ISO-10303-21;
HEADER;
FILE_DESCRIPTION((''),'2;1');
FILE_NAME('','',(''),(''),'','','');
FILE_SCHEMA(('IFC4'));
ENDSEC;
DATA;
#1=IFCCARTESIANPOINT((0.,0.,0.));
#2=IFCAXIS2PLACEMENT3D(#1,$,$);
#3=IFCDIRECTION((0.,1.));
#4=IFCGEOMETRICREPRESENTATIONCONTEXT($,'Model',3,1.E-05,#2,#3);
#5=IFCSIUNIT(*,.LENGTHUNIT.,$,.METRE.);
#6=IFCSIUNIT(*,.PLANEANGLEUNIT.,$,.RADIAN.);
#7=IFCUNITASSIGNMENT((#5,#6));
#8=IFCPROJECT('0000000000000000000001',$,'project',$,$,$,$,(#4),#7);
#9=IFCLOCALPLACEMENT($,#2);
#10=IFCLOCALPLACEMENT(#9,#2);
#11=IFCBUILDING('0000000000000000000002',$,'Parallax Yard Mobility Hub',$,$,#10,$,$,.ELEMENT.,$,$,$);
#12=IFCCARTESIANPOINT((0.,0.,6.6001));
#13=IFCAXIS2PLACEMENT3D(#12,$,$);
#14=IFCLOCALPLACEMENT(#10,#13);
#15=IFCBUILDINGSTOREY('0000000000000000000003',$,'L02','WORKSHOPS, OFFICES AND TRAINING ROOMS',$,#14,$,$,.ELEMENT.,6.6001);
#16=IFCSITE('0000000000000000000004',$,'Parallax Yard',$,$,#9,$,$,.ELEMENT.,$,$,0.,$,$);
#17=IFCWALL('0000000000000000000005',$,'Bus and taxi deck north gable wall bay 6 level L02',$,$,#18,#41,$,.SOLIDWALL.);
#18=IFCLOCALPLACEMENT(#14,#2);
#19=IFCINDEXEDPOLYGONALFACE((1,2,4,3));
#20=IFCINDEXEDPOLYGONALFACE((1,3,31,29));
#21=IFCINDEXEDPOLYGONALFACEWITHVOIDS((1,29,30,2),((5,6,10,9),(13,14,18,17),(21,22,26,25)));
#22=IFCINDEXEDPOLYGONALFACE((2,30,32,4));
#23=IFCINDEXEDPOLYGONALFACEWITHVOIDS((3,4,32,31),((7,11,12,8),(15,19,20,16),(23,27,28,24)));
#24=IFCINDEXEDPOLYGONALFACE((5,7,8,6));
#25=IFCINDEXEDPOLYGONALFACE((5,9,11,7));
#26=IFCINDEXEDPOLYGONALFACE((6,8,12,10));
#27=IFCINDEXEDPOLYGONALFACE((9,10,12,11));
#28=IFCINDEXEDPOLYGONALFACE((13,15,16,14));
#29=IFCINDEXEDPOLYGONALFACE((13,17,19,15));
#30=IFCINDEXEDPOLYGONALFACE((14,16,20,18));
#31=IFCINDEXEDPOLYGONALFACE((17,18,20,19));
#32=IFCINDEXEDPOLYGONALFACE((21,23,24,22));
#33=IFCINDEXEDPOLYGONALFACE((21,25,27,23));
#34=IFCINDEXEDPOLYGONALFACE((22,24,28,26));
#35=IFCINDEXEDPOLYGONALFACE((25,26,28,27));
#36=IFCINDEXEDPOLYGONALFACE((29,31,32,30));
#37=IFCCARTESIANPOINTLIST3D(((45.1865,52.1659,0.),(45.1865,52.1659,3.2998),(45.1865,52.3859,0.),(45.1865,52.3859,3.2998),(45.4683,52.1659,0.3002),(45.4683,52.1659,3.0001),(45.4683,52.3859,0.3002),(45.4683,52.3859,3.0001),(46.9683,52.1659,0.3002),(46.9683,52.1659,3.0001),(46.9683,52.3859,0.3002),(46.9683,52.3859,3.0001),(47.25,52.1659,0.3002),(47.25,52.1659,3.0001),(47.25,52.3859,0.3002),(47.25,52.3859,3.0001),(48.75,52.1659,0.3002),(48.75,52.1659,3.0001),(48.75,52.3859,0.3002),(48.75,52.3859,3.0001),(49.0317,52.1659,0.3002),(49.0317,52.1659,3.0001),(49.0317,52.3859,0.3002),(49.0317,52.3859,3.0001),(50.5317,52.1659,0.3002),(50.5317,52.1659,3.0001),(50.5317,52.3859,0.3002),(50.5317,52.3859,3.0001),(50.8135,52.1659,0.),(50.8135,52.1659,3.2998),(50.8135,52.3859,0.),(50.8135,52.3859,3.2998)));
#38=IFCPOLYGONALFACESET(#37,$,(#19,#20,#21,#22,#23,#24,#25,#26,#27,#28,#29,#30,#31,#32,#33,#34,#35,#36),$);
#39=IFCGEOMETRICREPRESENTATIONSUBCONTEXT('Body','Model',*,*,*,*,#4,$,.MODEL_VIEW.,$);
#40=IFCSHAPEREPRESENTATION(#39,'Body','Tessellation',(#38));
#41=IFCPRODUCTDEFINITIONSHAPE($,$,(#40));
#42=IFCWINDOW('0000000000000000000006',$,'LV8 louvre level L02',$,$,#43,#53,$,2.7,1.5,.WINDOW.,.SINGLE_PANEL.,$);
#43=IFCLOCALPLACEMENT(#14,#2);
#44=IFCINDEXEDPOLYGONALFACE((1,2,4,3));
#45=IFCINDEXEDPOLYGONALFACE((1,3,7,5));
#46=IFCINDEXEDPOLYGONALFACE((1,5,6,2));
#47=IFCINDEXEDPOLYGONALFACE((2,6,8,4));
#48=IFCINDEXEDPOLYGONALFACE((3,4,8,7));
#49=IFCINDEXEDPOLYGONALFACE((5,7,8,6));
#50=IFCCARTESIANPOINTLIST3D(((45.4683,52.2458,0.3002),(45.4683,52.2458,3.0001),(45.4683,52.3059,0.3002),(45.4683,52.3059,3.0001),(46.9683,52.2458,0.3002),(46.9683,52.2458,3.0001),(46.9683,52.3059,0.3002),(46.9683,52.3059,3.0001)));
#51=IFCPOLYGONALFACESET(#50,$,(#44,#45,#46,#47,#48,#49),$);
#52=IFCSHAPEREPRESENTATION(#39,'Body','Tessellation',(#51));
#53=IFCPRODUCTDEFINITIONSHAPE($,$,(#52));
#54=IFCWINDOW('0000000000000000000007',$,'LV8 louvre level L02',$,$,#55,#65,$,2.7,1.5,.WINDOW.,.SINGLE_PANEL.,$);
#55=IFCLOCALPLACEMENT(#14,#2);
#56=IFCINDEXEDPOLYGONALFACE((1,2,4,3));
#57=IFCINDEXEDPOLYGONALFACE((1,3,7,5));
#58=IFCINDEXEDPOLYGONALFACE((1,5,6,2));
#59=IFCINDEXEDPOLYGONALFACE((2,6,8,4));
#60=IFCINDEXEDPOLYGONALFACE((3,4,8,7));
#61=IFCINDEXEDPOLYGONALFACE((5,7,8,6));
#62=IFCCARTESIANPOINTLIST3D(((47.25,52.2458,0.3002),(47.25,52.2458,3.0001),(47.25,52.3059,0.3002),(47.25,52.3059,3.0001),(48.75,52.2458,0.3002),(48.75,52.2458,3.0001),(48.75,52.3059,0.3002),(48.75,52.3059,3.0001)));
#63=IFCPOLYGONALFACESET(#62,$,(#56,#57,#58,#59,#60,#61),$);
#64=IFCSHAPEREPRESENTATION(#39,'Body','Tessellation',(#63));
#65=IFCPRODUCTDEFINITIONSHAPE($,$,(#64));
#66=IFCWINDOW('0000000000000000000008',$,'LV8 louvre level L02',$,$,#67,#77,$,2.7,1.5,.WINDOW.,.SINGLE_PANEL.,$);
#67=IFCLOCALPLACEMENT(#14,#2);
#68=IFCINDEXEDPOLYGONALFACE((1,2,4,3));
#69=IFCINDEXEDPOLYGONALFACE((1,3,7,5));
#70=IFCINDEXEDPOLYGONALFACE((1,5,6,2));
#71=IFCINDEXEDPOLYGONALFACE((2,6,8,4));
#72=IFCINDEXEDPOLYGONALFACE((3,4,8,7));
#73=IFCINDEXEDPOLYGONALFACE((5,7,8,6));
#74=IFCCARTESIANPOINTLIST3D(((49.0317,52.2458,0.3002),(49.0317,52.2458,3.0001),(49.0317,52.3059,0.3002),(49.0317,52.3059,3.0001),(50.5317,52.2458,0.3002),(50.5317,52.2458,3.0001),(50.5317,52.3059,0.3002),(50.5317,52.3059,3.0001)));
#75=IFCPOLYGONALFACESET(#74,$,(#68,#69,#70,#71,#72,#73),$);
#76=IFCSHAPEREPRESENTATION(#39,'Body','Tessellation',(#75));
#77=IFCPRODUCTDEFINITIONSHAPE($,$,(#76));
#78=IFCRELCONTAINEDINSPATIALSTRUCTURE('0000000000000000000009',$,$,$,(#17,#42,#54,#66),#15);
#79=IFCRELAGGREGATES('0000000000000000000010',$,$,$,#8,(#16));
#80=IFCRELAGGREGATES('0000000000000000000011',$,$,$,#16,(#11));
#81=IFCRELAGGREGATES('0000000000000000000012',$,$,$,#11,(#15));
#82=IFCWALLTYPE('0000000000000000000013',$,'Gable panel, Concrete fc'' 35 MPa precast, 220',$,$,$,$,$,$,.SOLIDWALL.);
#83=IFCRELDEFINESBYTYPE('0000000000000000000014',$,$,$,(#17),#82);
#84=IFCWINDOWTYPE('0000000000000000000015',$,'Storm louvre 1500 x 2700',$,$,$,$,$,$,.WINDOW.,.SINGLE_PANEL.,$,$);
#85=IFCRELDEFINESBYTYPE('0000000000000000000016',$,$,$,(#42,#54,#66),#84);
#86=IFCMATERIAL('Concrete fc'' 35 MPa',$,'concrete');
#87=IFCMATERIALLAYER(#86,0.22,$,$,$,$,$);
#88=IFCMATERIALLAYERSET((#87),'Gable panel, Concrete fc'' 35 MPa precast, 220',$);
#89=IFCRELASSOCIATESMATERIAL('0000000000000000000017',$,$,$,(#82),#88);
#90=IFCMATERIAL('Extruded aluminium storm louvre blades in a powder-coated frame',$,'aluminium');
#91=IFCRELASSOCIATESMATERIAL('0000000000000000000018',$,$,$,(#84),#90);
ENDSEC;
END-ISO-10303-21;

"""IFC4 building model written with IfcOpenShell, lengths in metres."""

from ifc_helpers import new_model, si_unit, direction, frame, frame_2d, origin, place, context, subcontext, project, spatial, rectangle, extrude, material, layer, layer_set, type_object, element, fill, save


model = new_model("IFC4")

# Units and contexts
model_context = context("Model", 3, precision=1e-05, world=origin(), true_north=direction((0.0, 1.0)))
body_context = subcontext(model_context, "Body", "Model", "MODEL_VIEW")
ifc_project = project(units=[si_unit("LENGTHUNIT", "METRE"), si_unit("PLANEANGLEUNIT", "RADIAN")], contexts=[model_context])

# Site, building, storey
site_placement = place(None, origin())
site = spatial("IfcSite", under=ifc_project, at=site_placement, Name="Parallax Yard", CompositionType="ELEMENT", RefElevation=0.0)
building_placement = place(site_placement, origin())
building = spatial("IfcBuilding", under=site, at=building_placement, Name="Parallax Yard Mobility Hub", CompositionType="ELEMENT")
storey_placement = place(building_placement, frame((0.0, 0.0, 6.6001)))
storey = spatial("IfcBuildingStorey", under=building, at=storey_placement, Name="L02", Description="WORKSHOPS, OFFICES AND TRAINING ROOMS", CompositionType="ELEMENT", Elevation=6.6001)

# Wall, openings, windows
ifc_material_1 = material(Name="Concrete fc' 35 MPa", Category="concrete")
ifc_layer = layer(ifc_material_1, 0.22)
ifc_layer_set = layer_set([ifc_layer], Name="Gable panel, Concrete fc' 35 MPa precast, 220")
wall_type = type_object("IfcWallType", Name="Gable panel, Concrete fc' 35 MPa precast, 220", PredefinedType="SOLIDWALL", material=ifc_layer_set)
ifc_material_2 = material(Name="Extruded aluminium storm louvre blades in a powder-coated frame", Category="aluminium")
window_type = type_object("IfcWindowType", Name="Storm louvre 1500 x 2700", PartitioningType="SINGLE_PANEL", PredefinedType="WINDOW", material=ifc_material_2)
wall_1_placement = place(storey_placement, frame((45.1865, 52.2759, 0.0), z_axis=(0.0, 0.0, 1.0), x_axis=(1.0, 0.0, 0.0)))
wall_1 = element("IfcWall", 1, at=wall_1_placement, inside=storey, type_object=wall_type, Name="Bus and taxi deck north gable wall bay 6 level L02", PredefinedType="SOLIDWALL", context=body_context, shape_type="SweptSolid", body=[
    extrude(rectangle(XDim=5.627, YDim=0.22, at=frame_2d((2.8135, 0.0))), origin(), (0.0, 0.0, 1.0), 3.2998),
])
opening_1_placement = place(wall_1_placement, frame((0.2817, 0.0, 0.3)))
opening_1 = element("IfcOpeningElement", 2, at=opening_1_placement, cuts=wall_1, PredefinedType="OPENING", context=body_context, shape_type="SweptSolid", body=[
    extrude(rectangle(XDim=1.5, YDim=2.7, at=frame_2d((0.75, 1.3501))), frame((0.0, 0.1201, 0.0), z_axis=(0.0, -1.0, 0.0), x_axis=(1.0, 0.0, 0.0)), (0.0, 0.0, 1.0), 0.24),
])
opening_2_placement = place(wall_1_placement, frame((2.0635, 0.0, 0.3)))
opening_2 = element("IfcOpeningElement", 3, at=opening_2_placement, cuts=wall_1, PredefinedType="OPENING", context=body_context, shape_type="SweptSolid", body=[
    extrude(rectangle(XDim=1.5, YDim=2.7, at=frame_2d((0.75, 1.3501))), frame((0.0, 0.1201, 0.0), z_axis=(0.0, -1.0, 0.0), x_axis=(1.0, 0.0, 0.0)), (0.0, 0.0, 1.0), 0.24),
])
opening_3_placement = place(wall_1_placement, frame((3.8452, 0.0, 0.3)))
opening_3 = element("IfcOpeningElement", 4, at=opening_3_placement, cuts=wall_1, PredefinedType="OPENING", context=body_context, shape_type="SweptSolid", body=[
    extrude(rectangle(XDim=1.5, YDim=2.7, at=frame_2d((0.75, 1.3501))), frame((0.0, 0.1201, 0.0), z_axis=(0.0, -1.0, 0.0), x_axis=(1.0, 0.0, 0.0)), (0.0, 0.0, 1.0), 0.24),
])
window_1_placement = place(opening_1_placement, origin())
window_1 = element("IfcWindow", 5, at=window_1_placement, inside=storey, type_object=window_type, Name="LV8 louvre level L02", OverallHeight=2.7, OverallWidth=1.5, PartitioningType="SINGLE_PANEL", PredefinedType="WINDOW", context=body_context, shape_type="SweptSolid", body=[
    extrude(rectangle(XDim=1.5, YDim=2.7, at=frame_2d((0.75, 1.3501))), frame((0.0, 0.03, 0.0), z_axis=(0.0, -1.0, 0.0), x_axis=(1.0, 0.0, 0.0)), (0.0, 0.0, 1.0), 0.0601),
])
fill(opening_1, window_1)
window_2_placement = place(opening_2_placement, origin())
window_2 = element("IfcWindow", 6, at=window_2_placement, inside=storey, type_object=window_type, Name="LV8 louvre level L02", OverallHeight=2.7, OverallWidth=1.5, PartitioningType="SINGLE_PANEL", PredefinedType="WINDOW", context=body_context, shape_type="SweptSolid", body=[
    extrude(rectangle(XDim=1.5, YDim=2.7, at=frame_2d((0.75, 1.3501))), frame((0.0, 0.03, 0.0), z_axis=(0.0, -1.0, 0.0), x_axis=(1.0, 0.0, 0.0)), (0.0, 0.0, 1.0), 0.0601),
])
fill(opening_2, window_2)
window_3_placement = place(opening_3_placement, origin())
window_3 = element("IfcWindow", 7, at=window_3_placement, inside=storey, type_object=window_type, Name="LV8 louvre level L02", OverallHeight=2.7, OverallWidth=1.5, PartitioningType="SINGLE_PANEL", PredefinedType="WINDOW", context=body_context, shape_type="SweptSolid", body=[
    extrude(rectangle(XDim=1.5, YDim=2.7, at=frame_2d((0.75, 1.3501))), frame((0.0, 0.03, 0.0), z_axis=(0.0, -1.0, 0.0), x_axis=(1.0, 0.0, 0.0)), (0.0, 0.0, 1.0), 0.0601),
])
fill(opening_3, window_3)

save(model, "model.ifc")
